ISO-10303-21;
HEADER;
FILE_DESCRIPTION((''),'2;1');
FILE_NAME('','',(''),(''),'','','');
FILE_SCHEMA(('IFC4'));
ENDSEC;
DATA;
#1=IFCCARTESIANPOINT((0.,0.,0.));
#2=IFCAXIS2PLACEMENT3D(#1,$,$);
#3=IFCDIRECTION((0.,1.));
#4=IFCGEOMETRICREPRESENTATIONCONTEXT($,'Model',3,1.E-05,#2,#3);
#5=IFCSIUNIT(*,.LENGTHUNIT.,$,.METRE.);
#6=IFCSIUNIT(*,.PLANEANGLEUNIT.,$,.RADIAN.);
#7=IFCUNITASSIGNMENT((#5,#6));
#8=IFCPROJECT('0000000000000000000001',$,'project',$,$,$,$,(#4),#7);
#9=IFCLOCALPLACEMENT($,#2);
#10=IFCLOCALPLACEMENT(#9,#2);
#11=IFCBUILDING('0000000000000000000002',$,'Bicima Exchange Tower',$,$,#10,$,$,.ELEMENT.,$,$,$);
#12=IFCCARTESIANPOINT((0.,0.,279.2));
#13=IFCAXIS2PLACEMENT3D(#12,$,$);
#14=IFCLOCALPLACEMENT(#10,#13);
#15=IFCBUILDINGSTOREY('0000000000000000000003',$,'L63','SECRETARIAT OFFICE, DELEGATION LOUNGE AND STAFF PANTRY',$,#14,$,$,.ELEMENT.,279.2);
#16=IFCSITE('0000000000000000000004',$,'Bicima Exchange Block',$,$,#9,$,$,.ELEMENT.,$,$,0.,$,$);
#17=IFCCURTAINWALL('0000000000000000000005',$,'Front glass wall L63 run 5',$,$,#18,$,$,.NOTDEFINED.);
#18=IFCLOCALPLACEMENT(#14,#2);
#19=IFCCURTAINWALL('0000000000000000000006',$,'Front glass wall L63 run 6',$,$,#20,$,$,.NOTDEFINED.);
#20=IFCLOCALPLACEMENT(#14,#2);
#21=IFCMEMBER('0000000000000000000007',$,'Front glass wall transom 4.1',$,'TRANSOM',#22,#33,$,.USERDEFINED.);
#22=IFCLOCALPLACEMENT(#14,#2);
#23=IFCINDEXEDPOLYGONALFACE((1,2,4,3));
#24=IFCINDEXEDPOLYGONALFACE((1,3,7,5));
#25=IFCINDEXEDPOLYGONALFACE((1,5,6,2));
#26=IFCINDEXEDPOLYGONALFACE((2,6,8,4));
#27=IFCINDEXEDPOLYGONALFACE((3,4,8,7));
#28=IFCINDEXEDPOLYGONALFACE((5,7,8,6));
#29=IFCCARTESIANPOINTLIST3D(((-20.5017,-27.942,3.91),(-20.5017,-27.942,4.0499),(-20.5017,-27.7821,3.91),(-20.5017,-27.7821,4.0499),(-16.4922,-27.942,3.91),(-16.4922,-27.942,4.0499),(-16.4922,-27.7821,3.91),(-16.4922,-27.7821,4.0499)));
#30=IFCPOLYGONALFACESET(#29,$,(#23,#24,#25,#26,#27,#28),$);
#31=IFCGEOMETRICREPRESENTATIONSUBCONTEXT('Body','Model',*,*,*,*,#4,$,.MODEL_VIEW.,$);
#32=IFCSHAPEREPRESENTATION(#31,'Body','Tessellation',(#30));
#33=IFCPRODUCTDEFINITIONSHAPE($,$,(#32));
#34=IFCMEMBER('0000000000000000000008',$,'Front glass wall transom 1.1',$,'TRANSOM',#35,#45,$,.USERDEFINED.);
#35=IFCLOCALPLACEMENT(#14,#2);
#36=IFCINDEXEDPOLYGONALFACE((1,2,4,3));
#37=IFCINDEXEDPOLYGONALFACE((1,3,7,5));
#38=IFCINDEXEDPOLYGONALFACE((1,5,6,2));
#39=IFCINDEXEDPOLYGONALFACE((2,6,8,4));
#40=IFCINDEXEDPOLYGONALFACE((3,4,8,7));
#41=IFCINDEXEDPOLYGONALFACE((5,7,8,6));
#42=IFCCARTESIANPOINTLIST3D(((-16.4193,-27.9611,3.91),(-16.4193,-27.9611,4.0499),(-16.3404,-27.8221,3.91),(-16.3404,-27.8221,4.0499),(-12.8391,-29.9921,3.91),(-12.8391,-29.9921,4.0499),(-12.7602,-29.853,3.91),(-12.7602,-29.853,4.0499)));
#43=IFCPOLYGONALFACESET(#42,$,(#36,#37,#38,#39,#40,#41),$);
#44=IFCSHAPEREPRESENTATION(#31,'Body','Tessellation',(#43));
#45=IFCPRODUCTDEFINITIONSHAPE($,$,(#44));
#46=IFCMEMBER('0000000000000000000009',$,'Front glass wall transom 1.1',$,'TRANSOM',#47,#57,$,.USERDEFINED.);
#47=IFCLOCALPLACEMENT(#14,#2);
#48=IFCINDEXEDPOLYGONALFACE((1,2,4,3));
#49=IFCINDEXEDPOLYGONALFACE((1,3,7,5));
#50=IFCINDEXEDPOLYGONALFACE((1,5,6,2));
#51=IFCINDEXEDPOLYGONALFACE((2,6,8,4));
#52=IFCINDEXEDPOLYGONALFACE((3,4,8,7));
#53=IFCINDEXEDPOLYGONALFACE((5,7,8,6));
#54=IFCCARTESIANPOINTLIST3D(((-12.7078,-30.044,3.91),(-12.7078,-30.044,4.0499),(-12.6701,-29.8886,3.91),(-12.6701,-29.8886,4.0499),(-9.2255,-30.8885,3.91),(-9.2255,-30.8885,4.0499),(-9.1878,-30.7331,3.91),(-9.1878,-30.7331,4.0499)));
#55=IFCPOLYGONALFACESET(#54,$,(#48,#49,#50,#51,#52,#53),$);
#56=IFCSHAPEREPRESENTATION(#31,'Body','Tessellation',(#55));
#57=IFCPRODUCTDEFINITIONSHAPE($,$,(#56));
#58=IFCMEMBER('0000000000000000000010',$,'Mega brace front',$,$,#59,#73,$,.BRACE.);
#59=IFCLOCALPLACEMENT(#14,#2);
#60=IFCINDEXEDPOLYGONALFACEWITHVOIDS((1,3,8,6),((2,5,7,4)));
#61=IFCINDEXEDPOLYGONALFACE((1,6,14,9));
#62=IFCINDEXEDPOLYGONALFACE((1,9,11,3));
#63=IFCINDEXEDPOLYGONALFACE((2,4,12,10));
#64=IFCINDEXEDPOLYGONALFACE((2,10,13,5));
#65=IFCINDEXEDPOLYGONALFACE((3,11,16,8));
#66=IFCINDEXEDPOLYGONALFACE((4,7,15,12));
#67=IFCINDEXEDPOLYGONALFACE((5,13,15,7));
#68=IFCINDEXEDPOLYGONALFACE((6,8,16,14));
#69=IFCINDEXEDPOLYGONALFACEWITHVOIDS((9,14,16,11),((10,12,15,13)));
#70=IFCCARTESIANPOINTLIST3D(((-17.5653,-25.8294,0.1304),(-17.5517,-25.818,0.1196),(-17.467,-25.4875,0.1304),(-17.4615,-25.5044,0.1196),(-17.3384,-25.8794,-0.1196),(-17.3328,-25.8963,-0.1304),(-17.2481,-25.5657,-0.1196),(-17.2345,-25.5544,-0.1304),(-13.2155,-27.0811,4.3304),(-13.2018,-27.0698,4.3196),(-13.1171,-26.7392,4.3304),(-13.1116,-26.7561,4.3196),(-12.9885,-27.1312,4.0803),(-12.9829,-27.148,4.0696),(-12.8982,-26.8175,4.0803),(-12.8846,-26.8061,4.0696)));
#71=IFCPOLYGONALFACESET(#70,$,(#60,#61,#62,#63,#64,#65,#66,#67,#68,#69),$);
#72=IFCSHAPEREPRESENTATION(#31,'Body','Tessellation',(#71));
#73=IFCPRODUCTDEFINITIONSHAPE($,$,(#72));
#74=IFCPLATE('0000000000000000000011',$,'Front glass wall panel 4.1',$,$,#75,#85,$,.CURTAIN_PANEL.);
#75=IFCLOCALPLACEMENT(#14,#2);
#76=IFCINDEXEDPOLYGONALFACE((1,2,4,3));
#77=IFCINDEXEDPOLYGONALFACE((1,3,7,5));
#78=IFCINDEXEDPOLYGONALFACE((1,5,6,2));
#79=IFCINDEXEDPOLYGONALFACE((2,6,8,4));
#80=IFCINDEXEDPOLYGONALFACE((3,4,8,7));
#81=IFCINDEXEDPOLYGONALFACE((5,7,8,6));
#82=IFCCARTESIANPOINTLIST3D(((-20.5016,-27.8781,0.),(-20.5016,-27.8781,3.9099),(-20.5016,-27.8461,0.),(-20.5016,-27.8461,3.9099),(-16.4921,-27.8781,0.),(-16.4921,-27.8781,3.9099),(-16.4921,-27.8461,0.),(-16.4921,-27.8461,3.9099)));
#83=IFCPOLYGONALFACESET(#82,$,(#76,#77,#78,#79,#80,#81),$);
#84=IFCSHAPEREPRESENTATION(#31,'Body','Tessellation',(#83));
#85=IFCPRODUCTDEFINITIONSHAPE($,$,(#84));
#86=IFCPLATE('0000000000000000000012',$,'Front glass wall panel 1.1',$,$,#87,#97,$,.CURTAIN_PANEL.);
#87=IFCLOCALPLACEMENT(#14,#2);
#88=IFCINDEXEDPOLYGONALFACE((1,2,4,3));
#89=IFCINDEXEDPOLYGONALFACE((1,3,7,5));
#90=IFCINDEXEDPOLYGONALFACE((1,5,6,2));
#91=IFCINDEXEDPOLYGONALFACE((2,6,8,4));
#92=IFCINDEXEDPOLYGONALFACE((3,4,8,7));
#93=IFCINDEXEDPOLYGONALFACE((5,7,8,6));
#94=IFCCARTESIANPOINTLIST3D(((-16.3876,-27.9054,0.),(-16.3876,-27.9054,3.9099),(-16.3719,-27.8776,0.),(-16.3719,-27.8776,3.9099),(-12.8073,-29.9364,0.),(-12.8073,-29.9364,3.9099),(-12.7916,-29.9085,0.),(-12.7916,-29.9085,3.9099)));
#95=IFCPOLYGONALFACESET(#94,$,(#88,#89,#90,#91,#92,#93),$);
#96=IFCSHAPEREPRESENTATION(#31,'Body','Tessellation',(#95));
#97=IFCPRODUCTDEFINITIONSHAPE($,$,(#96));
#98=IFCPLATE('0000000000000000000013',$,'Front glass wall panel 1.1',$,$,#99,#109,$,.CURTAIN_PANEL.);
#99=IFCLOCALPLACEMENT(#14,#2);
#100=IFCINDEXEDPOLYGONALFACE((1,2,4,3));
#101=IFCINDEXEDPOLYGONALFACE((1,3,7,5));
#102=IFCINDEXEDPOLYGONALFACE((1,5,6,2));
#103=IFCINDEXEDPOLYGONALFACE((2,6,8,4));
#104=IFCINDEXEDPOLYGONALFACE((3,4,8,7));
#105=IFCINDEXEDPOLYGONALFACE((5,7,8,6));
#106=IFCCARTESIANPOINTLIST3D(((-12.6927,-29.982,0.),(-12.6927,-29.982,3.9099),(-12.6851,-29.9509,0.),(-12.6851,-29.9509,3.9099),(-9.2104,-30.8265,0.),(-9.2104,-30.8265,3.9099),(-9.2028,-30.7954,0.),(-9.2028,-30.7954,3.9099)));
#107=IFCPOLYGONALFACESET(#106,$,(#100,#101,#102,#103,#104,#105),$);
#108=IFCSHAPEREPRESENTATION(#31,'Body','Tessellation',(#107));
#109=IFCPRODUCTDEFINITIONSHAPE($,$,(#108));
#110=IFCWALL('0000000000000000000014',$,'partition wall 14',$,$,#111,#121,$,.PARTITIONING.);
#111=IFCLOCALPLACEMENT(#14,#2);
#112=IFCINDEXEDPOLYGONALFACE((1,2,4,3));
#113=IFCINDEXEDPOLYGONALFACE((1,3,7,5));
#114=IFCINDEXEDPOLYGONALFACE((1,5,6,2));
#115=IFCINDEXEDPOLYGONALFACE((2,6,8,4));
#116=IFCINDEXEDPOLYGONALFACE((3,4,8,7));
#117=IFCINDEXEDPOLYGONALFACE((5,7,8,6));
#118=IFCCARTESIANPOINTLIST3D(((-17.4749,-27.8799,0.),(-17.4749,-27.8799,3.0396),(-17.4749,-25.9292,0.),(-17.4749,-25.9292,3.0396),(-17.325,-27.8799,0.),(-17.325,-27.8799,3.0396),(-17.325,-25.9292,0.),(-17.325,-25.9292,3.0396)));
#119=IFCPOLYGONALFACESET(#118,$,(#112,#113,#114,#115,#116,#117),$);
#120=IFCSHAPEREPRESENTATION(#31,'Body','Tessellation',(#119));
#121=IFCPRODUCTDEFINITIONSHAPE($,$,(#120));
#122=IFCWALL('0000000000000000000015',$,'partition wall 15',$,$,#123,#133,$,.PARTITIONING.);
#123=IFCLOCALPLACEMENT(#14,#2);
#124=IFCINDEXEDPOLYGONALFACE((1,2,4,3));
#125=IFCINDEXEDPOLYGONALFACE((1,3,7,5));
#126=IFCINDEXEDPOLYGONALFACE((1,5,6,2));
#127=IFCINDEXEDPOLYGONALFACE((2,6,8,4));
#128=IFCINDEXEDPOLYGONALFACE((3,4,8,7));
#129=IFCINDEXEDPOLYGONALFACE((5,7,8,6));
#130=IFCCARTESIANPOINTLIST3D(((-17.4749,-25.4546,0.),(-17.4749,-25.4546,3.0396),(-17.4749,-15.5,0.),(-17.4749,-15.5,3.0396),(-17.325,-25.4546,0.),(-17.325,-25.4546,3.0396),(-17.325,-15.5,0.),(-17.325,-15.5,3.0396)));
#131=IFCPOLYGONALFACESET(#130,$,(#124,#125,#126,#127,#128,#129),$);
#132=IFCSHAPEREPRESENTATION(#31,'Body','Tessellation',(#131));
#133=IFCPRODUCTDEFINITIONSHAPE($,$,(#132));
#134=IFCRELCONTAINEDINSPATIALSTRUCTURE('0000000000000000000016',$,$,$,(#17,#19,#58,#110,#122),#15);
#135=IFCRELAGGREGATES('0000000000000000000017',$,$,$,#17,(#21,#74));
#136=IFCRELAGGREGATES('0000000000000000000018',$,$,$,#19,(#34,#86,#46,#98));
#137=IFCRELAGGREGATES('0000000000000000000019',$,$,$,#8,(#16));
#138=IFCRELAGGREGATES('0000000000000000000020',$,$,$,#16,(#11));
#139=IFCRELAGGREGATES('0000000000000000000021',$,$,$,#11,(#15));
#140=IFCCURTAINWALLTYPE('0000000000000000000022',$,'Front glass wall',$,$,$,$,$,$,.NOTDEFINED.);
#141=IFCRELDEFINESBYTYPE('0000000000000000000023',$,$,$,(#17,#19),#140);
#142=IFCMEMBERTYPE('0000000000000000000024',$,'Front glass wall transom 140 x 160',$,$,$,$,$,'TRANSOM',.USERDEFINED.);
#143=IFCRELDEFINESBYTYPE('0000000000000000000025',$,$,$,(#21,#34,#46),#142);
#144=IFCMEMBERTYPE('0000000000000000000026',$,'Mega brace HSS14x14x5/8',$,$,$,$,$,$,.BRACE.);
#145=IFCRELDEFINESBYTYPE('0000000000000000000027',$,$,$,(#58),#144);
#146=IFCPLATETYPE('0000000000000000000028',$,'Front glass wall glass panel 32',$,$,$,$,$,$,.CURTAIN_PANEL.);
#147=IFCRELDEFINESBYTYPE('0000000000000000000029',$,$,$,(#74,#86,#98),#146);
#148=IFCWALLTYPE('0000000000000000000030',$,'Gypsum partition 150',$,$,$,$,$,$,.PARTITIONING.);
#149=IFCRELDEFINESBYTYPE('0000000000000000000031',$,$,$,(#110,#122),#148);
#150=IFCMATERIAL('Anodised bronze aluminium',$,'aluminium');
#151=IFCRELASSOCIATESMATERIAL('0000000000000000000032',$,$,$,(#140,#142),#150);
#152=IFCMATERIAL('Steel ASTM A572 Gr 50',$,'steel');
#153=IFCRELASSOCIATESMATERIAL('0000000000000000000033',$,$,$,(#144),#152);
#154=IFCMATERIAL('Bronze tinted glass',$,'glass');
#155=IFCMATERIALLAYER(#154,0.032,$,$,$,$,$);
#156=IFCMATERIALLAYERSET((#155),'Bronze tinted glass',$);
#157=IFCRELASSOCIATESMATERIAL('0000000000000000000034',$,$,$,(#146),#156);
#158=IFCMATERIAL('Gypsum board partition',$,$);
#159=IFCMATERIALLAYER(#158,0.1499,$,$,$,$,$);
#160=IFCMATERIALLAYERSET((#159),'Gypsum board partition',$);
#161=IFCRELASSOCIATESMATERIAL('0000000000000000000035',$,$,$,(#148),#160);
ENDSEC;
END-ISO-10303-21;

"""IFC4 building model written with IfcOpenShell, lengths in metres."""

from ifc_helpers import new_model, si_unit, direction, frame, frame_2d, origin, origin_2d, place, context, subcontext, project, spatial, rectangle, hollow_rectangle, extrude, material, layer, layer_set, material_profile, profile_set, type_object, element, aggregate, save


model = new_model("IFC4")

# Units and contexts
model_context = context("Model", 3, precision=1e-05, world=origin(), true_north=direction((0.0, 1.0)))
body_context = subcontext(model_context, "Body", "Model", "MODEL_VIEW")
ifc_project = project(units=[si_unit("LENGTHUNIT", "METRE"), si_unit("PLANEANGLEUNIT", "RADIAN")], contexts=[model_context])

# Site, building, storey
site_placement = place(None, origin())
site = spatial("IfcSite", under=ifc_project, at=site_placement, Name="Bicima Exchange Block", CompositionType="ELEMENT", RefElevation=0.0)
building_placement = place(site_placement, origin())
building = spatial("IfcBuilding", under=site, at=building_placement, Name="Bicima Exchange Tower", CompositionType="ELEMENT")
storey_placement = place(building_placement, frame((0.0, 0.0, 279.2)))
storey = spatial("IfcBuildingStorey", under=building, at=storey_placement, Name="L63", Description="SECRETARIAT OFFICE, DELEGATION LOUNGE AND STAFF PANTRY", CompositionType="ELEMENT", Elevation=279.2)

# Curtain walls
ifc_material_1 = material(Name="Anodised bronze aluminium", Category="aluminium")
curtain_wall_type = type_object("IfcCurtainWallType", Name="Front glass wall", PredefinedType="NOTDEFINED", material=ifc_material_1)
curtain_wall_1_placement = place(storey_placement, origin())
curtain_wall_1 = element("IfcCurtainWall", 1, at=curtain_wall_1_placement, inside=storey, type_object=curtain_wall_type, Name="Front glass wall L63 run 5", PredefinedType="NOTDEFINED")
curtain_wall_2_placement = place(storey_placement, origin())
curtain_wall_2 = element("IfcCurtainWall", 2, at=curtain_wall_2_placement, inside=storey, type_object=curtain_wall_type, Name="Front glass wall L63 run 6", PredefinedType="NOTDEFINED")

# Members
ifc_material_profile_1 = material_profile(ifc_material_1, rectangle(XDim=0.1599, YDim=0.1399, at=origin_2d()))
ifc_profile_set_1 = profile_set([ifc_material_profile_1], Name="Anodised bronze aluminium")
member_type_1 = type_object("IfcMemberType", Name="Front glass wall transom 140 x 160", ElementType="TRANSOM", PredefinedType="USERDEFINED", material=ifc_profile_set_1)
member_1_placement = place(storey_placement, frame((-20.5017, -27.8621, 3.98), z_axis=(1.0, 0.0, 0.0), x_axis=(0.0, 1.0, 0.0)))
member_1 = element("IfcMember", 3, at=member_1_placement, type_object=member_type_1, Name="Front glass wall transom 4.1", ObjectType="TRANSOM", PredefinedType="USERDEFINED", context=body_context, shape_type="SweptSolid", body=[
    extrude(rectangle(XDim=0.1599, YDim=0.1399, at=origin_2d()), origin(), (0.0, 0.0, 1.0), 4.0095),
])
member_2_placement = place(storey_placement, frame((-16.3799, -27.8916, 3.98), z_axis=(0.869797, -0.493409, 0.0), x_axis=(0.493409, 0.869797, 0.0)))
member_2 = element("IfcMember", 4, at=member_2_placement, type_object=member_type_1, Name="Front glass wall transom 1.1", ObjectType="TRANSOM", PredefinedType="USERDEFINED", context=body_context, shape_type="SweptSolid", body=[
    extrude(rectangle(XDim=0.1599, YDim=0.1399, at=origin_2d()), origin(), (0.0, 0.0, 1.0), 4.1162),
])
member_3_placement = place(storey_placement, frame((-12.689, -29.9663, 3.98), z_axis=(0.971834, -0.235668, 0.0), x_axis=(0.235668, 0.971834, 0.0)))
member_3 = element("IfcMember", 5, at=member_3_placement, type_object=member_type_1, Name="Front glass wall transom 1.1", ObjectType="TRANSOM", PredefinedType="USERDEFINED", context=body_context, shape_type="SweptSolid", body=[
    extrude(rectangle(XDim=0.1599, YDim=0.1399, at=origin_2d()), origin(), (0.0, 0.0, 1.0), 3.5833),
])
ifc_material_2 = material(Name="Steel ASTM A572 Gr 50", Category="steel")
ifc_material_profile_2 = material_profile(ifc_material_2, hollow_rectangle(XDim=0.3557, YDim=0.3557, WallThickness=0.0146, at=origin_2d()))
ifc_profile_set_2 = profile_set([ifc_material_profile_2], Name="Steel ASTM A572 Gr 50")
member_type_2 = type_object("IfcMemberType", Name="Mega brace HSS14x14x5/8", PredefinedType="BRACE", material=ifc_profile_set_2)
member_4_placement = place(storey_placement, frame((-17.3999, -25.6919, 0.0), z_axis=(0.704458, -0.202714, 0.680181), x_axis=(0.276537, 0.961003, 0.0)))
element("IfcMember", 6, at=member_4_placement, inside=storey, type_object=member_type_2, Name="Mega brace front", PredefinedType="BRACE", context=body_context, shape_type="SweptSolid", body=[
    extrude(hollow_rectangle(XDim=0.3557, YDim=0.3557, WallThickness=0.0146, at=origin_2d()), origin(), (0.0, 0.0, 1.0), 6.1748),
])

# Plates
ifc_material_3 = material(Name="Bronze tinted glass", Category="glass")
ifc_layer_1 = layer(ifc_material_3, 0.032)
ifc_layer_set_1 = layer_set([ifc_layer_1], Name="Bronze tinted glass")
plate_type = type_object("IfcPlateType", Name="Front glass wall glass panel 32", PredefinedType="CURTAIN_PANEL", material=ifc_layer_set_1)
plate_1_placement = place(storey_placement, frame((-18.4968, -27.8621, 0.0), z_axis=(0.0, 0.0, 1.0), x_axis=(1.0, 0.0, 0.0)))
plate_1 = element("IfcPlate", 7, at=plate_1_placement, type_object=plate_type, Name="Front glass wall panel 4.1", PredefinedType="CURTAIN_PANEL", context=body_context, shape_type="SweptSolid", body=[
    extrude(rectangle(XDim=4.0095, YDim=0.032, at=origin_2d()), origin(), (0.0, 0.0, 1.0), 3.9099),
])
aggregate(curtain_wall_1, [member_1, plate_1])
plate_2_placement = place(storey_placement, frame((-14.5896, -28.907, 0.0), z_axis=(0.0, 0.0, 1.0), x_axis=(0.869805, -0.493395, 0.0)))
plate_2 = element("IfcPlate", 8, at=plate_2_placement, type_object=plate_type, Name="Front glass wall panel 1.1", PredefinedType="CURTAIN_PANEL", context=body_context, shape_type="SweptSolid", body=[
    extrude(rectangle(XDim=4.1162, YDim=0.032, at=origin_2d()), origin(), (0.0, 0.0, 1.0), 3.9099),
])
plate_3_placement = place(storey_placement, frame((-10.9478, -30.3887, 0.0), z_axis=(0.0, 0.0, 1.0), x_axis=(0.97183, -0.235682, 0.0)))
plate_3 = element("IfcPlate", 9, at=plate_3_placement, type_object=plate_type, Name="Front glass wall panel 1.1", PredefinedType="CURTAIN_PANEL", context=body_context, shape_type="SweptSolid", body=[
    extrude(rectangle(XDim=3.5833, YDim=0.032, at=origin_2d()), origin(), (0.0, 0.0, 1.0), 3.9099),
])
aggregate(curtain_wall_2, [member_2, plate_2, member_3, plate_3])

# Walls
ifc_material_4 = material(Name="Gypsum board partition")
ifc_layer_2 = layer(ifc_material_4, 0.1499)
ifc_layer_set_2 = layer_set([ifc_layer_2], Name="Gypsum board partition")
wall_type = type_object("IfcWallType", Name="Gypsum partition 150", PredefinedType="PARTITIONING", material=ifc_layer_set_2)
wall_1_placement = place(storey_placement, frame((-17.3999, -27.8799, 0.0), z_axis=(0.0, 0.0, 1.0), x_axis=(0.0, 1.0, 0.0)))
element("IfcWall", 10, at=wall_1_placement, inside=storey, type_object=wall_type, Name="partition wall 14", PredefinedType="PARTITIONING", context=body_context, shape_type="SweptSolid", body=[
    extrude(rectangle(XDim=1.9507, YDim=0.1499, at=frame_2d((0.9753, 0.0))), origin(), (0.0, 0.0, 1.0), 3.0396),
])
wall_2_placement = place(storey_placement, frame((-17.3999, -25.4546, 0.0), z_axis=(0.0, 0.0, 1.0), x_axis=(0.0, 1.0, 0.0)))
element("IfcWall", 11, at=wall_2_placement, inside=storey, type_object=wall_type, Name="partition wall 15", PredefinedType="PARTITIONING", context=body_context, shape_type="SweptSolid", body=[
    extrude(rectangle(XDim=9.9546, YDim=0.1499, at=frame_2d((4.9773, 0.0))), origin(), (0.0, 0.0, 1.0), 3.0396),
])

save(model, "model.ifc")
